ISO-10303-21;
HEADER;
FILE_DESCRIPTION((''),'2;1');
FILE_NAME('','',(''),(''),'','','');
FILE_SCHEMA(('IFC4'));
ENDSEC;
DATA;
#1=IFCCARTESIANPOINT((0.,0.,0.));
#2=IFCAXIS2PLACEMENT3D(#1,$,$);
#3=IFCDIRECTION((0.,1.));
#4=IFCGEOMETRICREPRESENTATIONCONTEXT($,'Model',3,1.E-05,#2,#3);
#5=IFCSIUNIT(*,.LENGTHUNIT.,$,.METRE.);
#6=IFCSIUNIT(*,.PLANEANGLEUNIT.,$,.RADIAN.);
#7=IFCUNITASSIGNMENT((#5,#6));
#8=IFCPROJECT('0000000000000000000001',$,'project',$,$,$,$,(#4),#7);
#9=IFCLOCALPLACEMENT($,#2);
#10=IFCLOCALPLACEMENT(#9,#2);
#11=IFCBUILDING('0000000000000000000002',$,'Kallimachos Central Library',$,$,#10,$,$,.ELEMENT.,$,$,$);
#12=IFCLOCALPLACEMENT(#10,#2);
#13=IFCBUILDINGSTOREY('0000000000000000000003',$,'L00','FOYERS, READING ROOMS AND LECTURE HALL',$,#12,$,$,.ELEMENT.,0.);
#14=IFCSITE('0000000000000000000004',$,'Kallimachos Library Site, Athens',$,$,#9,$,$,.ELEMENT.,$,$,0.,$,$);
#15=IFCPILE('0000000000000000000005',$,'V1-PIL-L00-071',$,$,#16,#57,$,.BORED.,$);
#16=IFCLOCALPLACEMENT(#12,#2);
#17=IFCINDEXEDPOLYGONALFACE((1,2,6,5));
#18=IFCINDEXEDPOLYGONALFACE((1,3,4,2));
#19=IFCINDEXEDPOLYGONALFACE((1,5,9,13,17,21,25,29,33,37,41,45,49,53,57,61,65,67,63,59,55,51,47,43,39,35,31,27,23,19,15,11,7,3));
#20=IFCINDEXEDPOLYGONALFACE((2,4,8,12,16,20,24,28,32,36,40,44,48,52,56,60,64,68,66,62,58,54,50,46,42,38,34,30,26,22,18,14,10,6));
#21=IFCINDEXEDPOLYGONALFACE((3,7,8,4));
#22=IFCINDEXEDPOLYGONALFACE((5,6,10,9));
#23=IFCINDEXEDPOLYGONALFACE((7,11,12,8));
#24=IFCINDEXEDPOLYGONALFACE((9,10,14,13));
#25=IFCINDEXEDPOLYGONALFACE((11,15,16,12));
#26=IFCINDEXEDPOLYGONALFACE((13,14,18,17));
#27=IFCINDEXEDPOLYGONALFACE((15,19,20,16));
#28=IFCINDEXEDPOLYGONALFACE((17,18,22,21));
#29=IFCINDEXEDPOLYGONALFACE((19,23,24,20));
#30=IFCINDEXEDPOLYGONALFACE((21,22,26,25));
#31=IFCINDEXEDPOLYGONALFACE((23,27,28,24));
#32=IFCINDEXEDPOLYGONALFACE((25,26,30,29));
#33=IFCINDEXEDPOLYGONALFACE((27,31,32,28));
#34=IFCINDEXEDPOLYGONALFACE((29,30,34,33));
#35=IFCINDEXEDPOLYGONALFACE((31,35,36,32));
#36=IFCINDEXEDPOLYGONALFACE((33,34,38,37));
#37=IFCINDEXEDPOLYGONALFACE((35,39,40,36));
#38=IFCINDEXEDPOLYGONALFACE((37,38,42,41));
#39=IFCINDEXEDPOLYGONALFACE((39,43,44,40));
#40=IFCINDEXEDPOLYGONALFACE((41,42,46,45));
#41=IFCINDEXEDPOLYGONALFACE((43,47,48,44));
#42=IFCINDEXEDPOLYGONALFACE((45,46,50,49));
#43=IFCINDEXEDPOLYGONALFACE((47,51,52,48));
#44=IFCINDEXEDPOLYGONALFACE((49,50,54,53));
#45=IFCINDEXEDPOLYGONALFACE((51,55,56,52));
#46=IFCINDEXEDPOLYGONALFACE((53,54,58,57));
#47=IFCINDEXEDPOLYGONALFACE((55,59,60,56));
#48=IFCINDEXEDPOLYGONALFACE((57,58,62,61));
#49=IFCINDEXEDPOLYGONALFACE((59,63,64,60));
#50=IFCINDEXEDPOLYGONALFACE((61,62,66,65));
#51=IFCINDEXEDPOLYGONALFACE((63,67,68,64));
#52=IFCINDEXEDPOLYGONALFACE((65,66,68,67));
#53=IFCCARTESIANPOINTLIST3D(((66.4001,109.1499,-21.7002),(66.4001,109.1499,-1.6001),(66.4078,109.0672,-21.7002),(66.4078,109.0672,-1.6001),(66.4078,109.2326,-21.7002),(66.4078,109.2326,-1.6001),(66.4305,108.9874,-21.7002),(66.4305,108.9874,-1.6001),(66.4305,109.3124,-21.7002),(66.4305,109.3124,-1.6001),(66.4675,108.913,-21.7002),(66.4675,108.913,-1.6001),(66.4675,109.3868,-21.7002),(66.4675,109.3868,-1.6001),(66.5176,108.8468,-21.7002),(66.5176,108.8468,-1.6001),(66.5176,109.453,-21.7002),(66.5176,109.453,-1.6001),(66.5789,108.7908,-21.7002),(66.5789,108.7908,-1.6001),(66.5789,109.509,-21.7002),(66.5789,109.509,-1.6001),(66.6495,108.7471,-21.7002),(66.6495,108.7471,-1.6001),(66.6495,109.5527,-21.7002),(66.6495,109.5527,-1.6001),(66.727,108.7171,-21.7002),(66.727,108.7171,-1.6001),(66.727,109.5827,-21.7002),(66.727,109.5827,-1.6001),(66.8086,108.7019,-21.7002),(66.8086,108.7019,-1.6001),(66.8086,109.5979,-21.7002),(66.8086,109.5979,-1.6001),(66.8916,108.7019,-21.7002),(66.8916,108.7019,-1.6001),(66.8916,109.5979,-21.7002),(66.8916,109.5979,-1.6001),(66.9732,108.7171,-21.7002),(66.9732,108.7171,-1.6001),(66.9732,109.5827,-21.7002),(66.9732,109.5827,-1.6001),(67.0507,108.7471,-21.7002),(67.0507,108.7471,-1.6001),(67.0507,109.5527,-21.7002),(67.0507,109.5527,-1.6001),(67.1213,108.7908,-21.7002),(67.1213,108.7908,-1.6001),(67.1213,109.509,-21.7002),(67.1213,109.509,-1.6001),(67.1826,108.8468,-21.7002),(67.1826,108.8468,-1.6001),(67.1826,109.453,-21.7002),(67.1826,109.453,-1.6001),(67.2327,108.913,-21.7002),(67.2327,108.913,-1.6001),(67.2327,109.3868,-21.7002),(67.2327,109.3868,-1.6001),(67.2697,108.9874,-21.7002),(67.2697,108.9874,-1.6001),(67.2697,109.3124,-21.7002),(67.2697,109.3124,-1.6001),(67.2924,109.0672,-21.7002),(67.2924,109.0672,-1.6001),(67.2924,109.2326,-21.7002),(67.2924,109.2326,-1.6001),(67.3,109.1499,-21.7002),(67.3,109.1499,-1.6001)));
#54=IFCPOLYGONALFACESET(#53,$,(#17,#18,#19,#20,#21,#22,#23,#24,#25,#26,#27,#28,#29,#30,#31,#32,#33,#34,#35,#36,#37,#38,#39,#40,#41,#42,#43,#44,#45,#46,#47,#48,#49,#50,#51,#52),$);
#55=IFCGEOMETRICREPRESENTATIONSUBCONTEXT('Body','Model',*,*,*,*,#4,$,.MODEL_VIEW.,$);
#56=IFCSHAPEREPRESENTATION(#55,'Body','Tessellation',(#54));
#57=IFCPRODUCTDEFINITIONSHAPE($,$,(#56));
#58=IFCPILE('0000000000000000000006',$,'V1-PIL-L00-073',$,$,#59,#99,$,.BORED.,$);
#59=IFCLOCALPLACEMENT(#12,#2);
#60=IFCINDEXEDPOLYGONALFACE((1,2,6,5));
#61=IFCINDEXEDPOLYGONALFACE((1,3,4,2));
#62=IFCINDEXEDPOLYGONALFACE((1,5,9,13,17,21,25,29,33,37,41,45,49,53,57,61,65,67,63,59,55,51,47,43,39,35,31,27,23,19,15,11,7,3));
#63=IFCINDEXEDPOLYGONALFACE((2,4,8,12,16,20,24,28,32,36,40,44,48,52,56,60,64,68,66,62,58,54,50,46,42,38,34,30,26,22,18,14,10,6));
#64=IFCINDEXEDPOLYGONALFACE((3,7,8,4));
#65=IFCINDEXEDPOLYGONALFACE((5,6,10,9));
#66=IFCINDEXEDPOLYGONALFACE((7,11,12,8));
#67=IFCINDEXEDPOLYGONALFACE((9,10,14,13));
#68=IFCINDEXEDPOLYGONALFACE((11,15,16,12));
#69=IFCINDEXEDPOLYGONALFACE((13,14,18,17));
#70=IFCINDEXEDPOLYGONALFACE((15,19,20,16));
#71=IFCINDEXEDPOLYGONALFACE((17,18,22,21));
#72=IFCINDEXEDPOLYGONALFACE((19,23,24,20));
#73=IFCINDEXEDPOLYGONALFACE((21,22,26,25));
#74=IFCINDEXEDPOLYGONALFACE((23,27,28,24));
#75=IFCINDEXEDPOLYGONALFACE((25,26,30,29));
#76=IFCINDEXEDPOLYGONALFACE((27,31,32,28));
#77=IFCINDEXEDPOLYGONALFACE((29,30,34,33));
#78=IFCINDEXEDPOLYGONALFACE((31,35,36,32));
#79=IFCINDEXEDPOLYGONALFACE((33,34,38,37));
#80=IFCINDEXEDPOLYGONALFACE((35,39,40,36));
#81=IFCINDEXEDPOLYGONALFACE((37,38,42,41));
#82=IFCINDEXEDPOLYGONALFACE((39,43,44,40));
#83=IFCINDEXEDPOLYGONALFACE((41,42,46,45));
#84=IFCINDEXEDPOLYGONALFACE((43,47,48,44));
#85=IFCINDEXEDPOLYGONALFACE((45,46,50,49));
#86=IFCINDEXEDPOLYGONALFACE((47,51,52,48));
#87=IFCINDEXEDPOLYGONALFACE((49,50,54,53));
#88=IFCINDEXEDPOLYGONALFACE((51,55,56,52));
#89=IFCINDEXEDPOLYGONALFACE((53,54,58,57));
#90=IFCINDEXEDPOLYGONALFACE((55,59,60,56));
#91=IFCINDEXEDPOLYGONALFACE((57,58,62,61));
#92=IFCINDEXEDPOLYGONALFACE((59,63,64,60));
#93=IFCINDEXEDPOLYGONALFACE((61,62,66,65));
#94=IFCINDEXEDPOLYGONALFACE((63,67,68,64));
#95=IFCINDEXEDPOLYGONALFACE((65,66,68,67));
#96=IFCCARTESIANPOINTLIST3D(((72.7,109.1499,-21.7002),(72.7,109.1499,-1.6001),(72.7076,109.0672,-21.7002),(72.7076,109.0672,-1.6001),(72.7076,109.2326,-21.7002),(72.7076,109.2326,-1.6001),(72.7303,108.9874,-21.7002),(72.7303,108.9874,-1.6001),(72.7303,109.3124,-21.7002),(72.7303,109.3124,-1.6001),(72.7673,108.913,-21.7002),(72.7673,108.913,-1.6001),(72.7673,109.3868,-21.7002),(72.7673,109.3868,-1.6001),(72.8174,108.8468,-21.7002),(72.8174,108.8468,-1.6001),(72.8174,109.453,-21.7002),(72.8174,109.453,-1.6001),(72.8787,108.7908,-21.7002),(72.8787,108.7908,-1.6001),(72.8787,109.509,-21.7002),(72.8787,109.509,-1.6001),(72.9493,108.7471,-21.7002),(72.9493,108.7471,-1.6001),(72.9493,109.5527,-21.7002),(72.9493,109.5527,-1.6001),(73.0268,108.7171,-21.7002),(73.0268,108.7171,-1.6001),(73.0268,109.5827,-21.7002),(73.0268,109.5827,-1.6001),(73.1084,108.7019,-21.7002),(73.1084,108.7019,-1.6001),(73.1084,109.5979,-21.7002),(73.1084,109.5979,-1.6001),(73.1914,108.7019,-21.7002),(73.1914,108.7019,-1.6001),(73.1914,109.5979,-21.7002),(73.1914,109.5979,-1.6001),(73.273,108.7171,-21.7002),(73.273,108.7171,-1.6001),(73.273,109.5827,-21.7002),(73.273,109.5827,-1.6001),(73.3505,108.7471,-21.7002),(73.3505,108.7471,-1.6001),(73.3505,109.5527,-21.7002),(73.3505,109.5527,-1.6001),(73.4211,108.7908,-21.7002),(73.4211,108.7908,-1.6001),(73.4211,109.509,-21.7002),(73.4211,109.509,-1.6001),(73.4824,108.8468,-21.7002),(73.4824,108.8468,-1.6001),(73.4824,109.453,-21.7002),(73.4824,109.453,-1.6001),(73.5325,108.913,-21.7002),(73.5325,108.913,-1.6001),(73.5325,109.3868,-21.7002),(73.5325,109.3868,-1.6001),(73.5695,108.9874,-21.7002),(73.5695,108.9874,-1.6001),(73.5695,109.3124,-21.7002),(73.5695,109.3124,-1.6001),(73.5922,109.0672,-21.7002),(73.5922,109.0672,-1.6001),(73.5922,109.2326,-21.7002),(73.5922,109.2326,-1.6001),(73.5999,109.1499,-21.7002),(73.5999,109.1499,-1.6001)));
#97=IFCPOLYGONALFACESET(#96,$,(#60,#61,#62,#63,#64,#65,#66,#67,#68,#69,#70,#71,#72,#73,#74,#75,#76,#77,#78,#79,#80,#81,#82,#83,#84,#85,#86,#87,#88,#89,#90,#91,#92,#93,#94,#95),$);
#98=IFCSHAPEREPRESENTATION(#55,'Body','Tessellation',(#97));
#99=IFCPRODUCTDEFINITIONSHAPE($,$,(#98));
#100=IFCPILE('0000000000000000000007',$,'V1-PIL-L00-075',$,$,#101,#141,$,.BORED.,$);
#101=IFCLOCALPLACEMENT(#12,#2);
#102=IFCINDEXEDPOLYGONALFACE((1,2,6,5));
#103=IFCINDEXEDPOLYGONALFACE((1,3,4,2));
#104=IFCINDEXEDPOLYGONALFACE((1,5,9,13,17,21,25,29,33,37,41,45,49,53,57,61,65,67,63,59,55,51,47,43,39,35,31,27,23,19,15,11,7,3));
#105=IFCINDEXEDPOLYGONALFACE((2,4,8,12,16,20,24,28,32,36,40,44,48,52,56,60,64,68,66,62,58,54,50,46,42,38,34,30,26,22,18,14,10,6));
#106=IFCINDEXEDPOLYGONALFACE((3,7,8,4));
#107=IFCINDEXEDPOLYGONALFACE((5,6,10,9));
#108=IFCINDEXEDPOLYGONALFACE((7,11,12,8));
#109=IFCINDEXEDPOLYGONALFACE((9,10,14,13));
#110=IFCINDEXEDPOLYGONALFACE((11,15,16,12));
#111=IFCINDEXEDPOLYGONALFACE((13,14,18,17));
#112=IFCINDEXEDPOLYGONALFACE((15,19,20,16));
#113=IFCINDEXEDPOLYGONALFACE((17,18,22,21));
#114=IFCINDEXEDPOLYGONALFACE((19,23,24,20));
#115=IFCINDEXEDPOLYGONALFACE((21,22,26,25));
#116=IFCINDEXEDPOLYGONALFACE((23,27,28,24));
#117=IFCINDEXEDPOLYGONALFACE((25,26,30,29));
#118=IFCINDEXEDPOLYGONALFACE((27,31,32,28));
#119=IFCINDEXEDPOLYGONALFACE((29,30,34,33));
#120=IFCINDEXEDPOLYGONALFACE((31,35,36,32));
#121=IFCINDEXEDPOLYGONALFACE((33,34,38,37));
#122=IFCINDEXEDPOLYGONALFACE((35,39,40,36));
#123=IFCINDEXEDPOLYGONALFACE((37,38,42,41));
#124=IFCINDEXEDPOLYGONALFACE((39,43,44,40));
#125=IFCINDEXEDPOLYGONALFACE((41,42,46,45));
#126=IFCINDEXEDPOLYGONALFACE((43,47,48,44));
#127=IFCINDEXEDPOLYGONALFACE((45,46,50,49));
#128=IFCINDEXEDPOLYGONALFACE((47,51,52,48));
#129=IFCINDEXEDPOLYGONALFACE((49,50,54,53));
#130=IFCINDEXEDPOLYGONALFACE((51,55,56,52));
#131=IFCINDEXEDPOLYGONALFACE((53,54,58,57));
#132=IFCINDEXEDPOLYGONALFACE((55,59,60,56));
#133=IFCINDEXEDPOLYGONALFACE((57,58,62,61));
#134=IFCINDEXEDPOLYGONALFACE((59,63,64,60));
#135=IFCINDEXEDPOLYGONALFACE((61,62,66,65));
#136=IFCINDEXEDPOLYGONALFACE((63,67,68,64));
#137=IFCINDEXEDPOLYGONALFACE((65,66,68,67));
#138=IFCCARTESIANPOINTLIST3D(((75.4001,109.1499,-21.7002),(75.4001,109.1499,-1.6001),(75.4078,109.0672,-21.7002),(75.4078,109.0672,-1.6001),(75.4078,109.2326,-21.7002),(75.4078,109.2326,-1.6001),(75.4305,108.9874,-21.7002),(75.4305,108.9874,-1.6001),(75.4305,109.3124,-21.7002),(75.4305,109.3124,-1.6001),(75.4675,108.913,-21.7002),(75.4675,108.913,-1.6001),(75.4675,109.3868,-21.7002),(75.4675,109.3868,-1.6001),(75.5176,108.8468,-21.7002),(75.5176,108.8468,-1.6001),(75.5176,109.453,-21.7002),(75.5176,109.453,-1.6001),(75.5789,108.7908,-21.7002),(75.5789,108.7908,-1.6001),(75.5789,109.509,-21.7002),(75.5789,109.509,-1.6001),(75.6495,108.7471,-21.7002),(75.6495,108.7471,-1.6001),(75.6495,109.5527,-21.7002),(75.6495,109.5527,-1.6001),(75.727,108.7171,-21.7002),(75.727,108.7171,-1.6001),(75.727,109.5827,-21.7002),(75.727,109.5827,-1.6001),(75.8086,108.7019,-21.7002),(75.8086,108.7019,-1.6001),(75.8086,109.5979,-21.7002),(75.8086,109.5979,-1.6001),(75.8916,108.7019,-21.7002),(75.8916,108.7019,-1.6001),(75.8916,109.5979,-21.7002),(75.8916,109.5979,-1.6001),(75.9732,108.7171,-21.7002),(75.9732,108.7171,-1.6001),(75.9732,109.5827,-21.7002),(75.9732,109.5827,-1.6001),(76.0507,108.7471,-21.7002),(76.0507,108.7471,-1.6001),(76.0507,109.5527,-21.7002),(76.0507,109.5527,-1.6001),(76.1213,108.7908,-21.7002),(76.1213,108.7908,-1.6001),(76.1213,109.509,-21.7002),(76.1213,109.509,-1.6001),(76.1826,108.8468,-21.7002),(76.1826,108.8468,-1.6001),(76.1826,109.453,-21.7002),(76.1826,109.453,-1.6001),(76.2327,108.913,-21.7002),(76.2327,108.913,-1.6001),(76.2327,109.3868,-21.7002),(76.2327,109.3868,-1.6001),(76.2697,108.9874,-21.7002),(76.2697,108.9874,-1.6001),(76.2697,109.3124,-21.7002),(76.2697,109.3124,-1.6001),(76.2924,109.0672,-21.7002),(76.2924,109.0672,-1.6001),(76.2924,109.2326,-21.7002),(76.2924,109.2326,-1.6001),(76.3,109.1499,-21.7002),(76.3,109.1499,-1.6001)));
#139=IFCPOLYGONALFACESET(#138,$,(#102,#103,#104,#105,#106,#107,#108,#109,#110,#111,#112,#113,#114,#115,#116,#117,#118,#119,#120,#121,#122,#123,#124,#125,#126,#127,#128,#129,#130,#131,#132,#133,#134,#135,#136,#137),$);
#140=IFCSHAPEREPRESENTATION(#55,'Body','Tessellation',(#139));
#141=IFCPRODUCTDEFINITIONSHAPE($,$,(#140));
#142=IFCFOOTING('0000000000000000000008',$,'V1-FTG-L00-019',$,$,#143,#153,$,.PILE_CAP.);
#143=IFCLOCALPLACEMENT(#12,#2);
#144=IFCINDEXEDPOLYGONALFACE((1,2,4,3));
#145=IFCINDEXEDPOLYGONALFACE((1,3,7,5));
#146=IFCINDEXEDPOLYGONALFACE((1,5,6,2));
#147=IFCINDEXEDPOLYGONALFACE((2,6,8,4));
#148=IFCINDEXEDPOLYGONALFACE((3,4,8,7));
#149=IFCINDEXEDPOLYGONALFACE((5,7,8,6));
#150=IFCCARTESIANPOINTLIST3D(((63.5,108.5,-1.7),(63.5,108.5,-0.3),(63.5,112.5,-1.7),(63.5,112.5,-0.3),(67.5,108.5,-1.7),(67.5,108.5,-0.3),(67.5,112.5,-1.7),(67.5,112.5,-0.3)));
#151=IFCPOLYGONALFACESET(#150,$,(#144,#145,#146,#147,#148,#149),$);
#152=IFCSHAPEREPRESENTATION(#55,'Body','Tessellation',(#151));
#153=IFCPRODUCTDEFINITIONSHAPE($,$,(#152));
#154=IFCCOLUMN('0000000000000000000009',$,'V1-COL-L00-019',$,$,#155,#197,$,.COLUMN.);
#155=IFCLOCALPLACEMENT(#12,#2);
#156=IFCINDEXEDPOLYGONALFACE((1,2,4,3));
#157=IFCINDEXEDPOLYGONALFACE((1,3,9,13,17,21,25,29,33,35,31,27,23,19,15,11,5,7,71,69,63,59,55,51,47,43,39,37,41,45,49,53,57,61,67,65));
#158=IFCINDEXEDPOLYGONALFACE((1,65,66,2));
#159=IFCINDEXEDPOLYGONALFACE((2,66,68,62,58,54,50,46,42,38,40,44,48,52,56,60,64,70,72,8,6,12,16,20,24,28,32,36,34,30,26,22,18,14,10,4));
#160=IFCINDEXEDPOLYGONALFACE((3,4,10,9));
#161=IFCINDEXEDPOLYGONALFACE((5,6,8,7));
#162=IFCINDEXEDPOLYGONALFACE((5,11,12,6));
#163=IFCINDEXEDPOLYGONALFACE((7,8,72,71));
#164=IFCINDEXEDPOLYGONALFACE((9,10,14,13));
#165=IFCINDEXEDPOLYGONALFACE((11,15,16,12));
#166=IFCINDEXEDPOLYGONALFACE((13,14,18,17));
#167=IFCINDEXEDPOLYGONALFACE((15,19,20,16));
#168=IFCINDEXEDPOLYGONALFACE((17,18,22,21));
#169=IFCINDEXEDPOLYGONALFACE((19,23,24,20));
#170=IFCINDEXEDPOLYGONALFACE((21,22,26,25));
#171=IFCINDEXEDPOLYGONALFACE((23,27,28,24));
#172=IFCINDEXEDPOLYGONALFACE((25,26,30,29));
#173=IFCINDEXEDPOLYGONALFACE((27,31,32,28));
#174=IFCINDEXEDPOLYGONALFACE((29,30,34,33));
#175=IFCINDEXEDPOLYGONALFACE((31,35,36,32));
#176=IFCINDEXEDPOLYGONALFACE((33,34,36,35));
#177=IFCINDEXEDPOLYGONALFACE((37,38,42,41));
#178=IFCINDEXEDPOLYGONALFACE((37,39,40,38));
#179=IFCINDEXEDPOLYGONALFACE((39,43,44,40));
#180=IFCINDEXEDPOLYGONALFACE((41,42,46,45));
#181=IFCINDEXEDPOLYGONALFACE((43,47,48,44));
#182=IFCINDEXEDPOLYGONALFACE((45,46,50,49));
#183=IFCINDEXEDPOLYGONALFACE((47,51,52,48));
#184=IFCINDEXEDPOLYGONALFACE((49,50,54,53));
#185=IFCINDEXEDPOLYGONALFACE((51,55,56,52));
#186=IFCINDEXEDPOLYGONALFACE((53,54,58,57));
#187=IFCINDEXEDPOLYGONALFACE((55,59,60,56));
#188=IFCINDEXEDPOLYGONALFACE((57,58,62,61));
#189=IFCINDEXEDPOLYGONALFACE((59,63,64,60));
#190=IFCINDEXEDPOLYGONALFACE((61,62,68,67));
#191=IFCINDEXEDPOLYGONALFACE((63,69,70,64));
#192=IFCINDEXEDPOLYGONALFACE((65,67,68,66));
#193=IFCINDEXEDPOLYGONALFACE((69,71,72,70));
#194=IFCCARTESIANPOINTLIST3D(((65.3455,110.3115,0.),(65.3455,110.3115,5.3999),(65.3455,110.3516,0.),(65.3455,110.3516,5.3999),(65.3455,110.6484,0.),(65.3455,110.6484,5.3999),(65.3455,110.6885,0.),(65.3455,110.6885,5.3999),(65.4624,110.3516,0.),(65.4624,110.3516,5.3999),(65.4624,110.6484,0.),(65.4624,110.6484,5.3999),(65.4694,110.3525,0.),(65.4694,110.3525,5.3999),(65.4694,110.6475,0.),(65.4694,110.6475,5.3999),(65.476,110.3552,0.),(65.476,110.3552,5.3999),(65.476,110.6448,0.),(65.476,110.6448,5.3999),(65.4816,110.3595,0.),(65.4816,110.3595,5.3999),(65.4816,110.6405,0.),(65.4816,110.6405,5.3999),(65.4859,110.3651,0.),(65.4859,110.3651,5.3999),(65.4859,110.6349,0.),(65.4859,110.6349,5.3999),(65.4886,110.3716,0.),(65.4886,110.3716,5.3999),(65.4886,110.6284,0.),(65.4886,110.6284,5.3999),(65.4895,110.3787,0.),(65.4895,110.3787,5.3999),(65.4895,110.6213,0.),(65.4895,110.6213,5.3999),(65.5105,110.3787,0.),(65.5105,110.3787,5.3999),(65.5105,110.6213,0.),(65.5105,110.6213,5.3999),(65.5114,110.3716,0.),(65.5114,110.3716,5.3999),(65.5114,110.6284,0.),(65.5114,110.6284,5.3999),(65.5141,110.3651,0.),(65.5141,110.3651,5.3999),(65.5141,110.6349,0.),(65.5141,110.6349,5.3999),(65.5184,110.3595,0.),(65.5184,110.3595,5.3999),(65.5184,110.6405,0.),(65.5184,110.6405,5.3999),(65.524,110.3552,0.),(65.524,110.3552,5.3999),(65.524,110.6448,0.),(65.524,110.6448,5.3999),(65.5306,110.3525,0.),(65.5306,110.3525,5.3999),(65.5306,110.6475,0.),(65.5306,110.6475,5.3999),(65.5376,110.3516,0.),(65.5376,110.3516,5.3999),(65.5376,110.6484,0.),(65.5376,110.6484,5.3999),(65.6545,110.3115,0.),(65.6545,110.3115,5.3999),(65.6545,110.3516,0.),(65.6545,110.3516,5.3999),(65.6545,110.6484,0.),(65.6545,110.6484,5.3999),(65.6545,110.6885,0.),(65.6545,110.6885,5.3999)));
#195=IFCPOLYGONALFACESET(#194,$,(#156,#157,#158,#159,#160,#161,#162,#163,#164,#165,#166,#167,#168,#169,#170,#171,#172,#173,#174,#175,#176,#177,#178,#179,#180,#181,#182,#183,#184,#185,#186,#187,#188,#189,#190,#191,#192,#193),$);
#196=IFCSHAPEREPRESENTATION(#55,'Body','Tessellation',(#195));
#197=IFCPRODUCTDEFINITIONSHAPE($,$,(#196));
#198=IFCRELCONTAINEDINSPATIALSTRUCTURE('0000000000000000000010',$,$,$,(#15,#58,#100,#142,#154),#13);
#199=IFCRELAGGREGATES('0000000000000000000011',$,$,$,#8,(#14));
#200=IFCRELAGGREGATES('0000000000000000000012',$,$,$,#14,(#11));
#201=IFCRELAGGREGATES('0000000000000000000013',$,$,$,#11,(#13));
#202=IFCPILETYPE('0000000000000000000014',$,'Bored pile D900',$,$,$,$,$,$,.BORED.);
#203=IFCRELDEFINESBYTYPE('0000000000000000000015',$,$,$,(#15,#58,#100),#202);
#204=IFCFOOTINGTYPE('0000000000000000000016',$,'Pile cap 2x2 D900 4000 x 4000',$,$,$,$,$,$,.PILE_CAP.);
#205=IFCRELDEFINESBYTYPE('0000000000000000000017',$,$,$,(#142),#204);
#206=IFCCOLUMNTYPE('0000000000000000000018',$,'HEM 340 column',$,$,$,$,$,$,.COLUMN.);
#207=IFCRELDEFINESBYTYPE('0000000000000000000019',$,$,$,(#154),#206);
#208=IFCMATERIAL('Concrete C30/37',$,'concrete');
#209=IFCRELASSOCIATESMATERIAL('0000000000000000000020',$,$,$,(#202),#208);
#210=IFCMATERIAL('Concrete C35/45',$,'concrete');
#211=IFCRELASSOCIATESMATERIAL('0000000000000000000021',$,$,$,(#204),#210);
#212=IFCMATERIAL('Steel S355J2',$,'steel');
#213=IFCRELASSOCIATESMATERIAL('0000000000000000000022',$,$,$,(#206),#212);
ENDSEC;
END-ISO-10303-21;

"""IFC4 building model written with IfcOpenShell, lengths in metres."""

from ifc_helpers import new_model, si_unit, direction, frame, origin, origin_2d, place, context, subcontext, project, spatial, rectangle, circle, i_section, extrude, material, material_profile, profile_set, type_object, element, save


model = new_model("IFC4")

# Units and contexts
model_context = context("Model", 3, precision=1e-05, world=origin(), true_north=direction((0.0, 1.0)))
body_context = subcontext(model_context, "Body", "Model", "MODEL_VIEW")
ifc_project = project(units=[si_unit("LENGTHUNIT", "METRE"), si_unit("PLANEANGLEUNIT", "RADIAN")], contexts=[model_context])

# Site, building, storey
site_placement = place(None, origin())
site = spatial("IfcSite", under=ifc_project, at=site_placement, Name="Kallimachos Library Site, Athens", CompositionType="ELEMENT", RefElevation=0.0)
building_placement = place(site_placement, origin())
building = spatial("IfcBuilding", under=site, at=building_placement, Name="Kallimachos Central Library", CompositionType="ELEMENT")
storey_placement = place(building_placement, origin())
storey = spatial("IfcBuildingStorey", under=building, at=storey_placement, Name="L00", Description="FOYERS, READING ROOMS AND LECTURE HALL", CompositionType="ELEMENT", Elevation=0.0)

# Piles
ifc_material_1 = material(Name="Concrete C30/37", Category="concrete")
pile_type = type_object("IfcPileType", Name="Bored pile D900", PredefinedType="BORED", material=ifc_material_1)
for number, where, z_axis, x_axis, name in (
    (1, (66.8501, 109.1499, -1.6001), (0.0, 0.0, -1.0), (1.0, 0.0, 0.0), "V1-PIL-L00-071"),
    (2, (73.1499, 109.1499, -1.6001), (0.0, 0.0, -1.0), (1.0, 0.0, 0.0), "V1-PIL-L00-073"),
    (3, (75.8501, 109.1499, -1.6001), (0.0, 0.0, -1.0), (1.0, 0.0, 0.0), "V1-PIL-L00-075"),
):
    element("IfcPile", number, at=place(storey_placement, frame(where, z_axis=z_axis, x_axis=x_axis)), inside=storey, type_object=pile_type, Name=name, PredefinedType="BORED", context=body_context, shape_type="SweptSolid", body=[
        extrude(circle(Radius=0.45, at=origin_2d()), origin(), (0.0, 0.0, 1.0), 20.1001),
    ])

# Footing
ifc_material_2 = material(Name="Concrete C35/45", Category="concrete")
footing_type = type_object("IfcFootingType", Name="Pile cap 2x2 D900 4000 x 4000", PredefinedType="PILE_CAP", material=ifc_material_2)
footing_placement = place(storey_placement, frame((65.5, 110.5, -1.7), z_axis=(0.0, 0.0, 1.0), x_axis=(1.0, 0.0, 0.0)))
element("IfcFooting", 4, at=footing_placement, inside=storey, type_object=footing_type, Name="V1-FTG-L00-019", PredefinedType="PILE_CAP", context=body_context, shape_type="SweptSolid", body=[
    extrude(rectangle(XDim=4.0, YDim=4.0, at=origin_2d()), origin(), (0.0, 0.0, 1.0), 1.3999),
])

# Column
ifc_material_3 = material(Name="Steel S355J2", Category="steel")
ifc_material_profile_1 = material_profile(ifc_material_3, i_section(OverallWidth=0.3091, OverallDepth=0.377, WebThickness=0.021, FlangeThickness=0.04, FilletRadius=0.0271, at=origin_2d()), Name="HEM 340")
ifc_profile_set_1 = profile_set([ifc_material_profile_1], Name="Steel S355J2")
column_type = type_object("IfcColumnType", Name="HEM 340 column", PredefinedType="COLUMN", material=ifc_profile_set_1)
column_placement = place(storey_placement, frame((65.5, 110.5, 0.0), z_axis=(0.0, 0.0, 1.0), x_axis=(1.0, 0.0, 0.0)))
element("IfcColumn", 5, at=column_placement, inside=storey, type_object=column_type, Name="V1-COL-L00-019", PredefinedType="COLUMN", context=body_context, shape_type="SweptSolid", body=[
    extrude(i_section(OverallWidth=0.3091, OverallDepth=0.377, WebThickness=0.021, FlangeThickness=0.04, FilletRadius=0.0271, at=origin_2d()), origin(), (0.0, 0.0, 1.0), 5.3999),
])

save(model, "model.ifc")
